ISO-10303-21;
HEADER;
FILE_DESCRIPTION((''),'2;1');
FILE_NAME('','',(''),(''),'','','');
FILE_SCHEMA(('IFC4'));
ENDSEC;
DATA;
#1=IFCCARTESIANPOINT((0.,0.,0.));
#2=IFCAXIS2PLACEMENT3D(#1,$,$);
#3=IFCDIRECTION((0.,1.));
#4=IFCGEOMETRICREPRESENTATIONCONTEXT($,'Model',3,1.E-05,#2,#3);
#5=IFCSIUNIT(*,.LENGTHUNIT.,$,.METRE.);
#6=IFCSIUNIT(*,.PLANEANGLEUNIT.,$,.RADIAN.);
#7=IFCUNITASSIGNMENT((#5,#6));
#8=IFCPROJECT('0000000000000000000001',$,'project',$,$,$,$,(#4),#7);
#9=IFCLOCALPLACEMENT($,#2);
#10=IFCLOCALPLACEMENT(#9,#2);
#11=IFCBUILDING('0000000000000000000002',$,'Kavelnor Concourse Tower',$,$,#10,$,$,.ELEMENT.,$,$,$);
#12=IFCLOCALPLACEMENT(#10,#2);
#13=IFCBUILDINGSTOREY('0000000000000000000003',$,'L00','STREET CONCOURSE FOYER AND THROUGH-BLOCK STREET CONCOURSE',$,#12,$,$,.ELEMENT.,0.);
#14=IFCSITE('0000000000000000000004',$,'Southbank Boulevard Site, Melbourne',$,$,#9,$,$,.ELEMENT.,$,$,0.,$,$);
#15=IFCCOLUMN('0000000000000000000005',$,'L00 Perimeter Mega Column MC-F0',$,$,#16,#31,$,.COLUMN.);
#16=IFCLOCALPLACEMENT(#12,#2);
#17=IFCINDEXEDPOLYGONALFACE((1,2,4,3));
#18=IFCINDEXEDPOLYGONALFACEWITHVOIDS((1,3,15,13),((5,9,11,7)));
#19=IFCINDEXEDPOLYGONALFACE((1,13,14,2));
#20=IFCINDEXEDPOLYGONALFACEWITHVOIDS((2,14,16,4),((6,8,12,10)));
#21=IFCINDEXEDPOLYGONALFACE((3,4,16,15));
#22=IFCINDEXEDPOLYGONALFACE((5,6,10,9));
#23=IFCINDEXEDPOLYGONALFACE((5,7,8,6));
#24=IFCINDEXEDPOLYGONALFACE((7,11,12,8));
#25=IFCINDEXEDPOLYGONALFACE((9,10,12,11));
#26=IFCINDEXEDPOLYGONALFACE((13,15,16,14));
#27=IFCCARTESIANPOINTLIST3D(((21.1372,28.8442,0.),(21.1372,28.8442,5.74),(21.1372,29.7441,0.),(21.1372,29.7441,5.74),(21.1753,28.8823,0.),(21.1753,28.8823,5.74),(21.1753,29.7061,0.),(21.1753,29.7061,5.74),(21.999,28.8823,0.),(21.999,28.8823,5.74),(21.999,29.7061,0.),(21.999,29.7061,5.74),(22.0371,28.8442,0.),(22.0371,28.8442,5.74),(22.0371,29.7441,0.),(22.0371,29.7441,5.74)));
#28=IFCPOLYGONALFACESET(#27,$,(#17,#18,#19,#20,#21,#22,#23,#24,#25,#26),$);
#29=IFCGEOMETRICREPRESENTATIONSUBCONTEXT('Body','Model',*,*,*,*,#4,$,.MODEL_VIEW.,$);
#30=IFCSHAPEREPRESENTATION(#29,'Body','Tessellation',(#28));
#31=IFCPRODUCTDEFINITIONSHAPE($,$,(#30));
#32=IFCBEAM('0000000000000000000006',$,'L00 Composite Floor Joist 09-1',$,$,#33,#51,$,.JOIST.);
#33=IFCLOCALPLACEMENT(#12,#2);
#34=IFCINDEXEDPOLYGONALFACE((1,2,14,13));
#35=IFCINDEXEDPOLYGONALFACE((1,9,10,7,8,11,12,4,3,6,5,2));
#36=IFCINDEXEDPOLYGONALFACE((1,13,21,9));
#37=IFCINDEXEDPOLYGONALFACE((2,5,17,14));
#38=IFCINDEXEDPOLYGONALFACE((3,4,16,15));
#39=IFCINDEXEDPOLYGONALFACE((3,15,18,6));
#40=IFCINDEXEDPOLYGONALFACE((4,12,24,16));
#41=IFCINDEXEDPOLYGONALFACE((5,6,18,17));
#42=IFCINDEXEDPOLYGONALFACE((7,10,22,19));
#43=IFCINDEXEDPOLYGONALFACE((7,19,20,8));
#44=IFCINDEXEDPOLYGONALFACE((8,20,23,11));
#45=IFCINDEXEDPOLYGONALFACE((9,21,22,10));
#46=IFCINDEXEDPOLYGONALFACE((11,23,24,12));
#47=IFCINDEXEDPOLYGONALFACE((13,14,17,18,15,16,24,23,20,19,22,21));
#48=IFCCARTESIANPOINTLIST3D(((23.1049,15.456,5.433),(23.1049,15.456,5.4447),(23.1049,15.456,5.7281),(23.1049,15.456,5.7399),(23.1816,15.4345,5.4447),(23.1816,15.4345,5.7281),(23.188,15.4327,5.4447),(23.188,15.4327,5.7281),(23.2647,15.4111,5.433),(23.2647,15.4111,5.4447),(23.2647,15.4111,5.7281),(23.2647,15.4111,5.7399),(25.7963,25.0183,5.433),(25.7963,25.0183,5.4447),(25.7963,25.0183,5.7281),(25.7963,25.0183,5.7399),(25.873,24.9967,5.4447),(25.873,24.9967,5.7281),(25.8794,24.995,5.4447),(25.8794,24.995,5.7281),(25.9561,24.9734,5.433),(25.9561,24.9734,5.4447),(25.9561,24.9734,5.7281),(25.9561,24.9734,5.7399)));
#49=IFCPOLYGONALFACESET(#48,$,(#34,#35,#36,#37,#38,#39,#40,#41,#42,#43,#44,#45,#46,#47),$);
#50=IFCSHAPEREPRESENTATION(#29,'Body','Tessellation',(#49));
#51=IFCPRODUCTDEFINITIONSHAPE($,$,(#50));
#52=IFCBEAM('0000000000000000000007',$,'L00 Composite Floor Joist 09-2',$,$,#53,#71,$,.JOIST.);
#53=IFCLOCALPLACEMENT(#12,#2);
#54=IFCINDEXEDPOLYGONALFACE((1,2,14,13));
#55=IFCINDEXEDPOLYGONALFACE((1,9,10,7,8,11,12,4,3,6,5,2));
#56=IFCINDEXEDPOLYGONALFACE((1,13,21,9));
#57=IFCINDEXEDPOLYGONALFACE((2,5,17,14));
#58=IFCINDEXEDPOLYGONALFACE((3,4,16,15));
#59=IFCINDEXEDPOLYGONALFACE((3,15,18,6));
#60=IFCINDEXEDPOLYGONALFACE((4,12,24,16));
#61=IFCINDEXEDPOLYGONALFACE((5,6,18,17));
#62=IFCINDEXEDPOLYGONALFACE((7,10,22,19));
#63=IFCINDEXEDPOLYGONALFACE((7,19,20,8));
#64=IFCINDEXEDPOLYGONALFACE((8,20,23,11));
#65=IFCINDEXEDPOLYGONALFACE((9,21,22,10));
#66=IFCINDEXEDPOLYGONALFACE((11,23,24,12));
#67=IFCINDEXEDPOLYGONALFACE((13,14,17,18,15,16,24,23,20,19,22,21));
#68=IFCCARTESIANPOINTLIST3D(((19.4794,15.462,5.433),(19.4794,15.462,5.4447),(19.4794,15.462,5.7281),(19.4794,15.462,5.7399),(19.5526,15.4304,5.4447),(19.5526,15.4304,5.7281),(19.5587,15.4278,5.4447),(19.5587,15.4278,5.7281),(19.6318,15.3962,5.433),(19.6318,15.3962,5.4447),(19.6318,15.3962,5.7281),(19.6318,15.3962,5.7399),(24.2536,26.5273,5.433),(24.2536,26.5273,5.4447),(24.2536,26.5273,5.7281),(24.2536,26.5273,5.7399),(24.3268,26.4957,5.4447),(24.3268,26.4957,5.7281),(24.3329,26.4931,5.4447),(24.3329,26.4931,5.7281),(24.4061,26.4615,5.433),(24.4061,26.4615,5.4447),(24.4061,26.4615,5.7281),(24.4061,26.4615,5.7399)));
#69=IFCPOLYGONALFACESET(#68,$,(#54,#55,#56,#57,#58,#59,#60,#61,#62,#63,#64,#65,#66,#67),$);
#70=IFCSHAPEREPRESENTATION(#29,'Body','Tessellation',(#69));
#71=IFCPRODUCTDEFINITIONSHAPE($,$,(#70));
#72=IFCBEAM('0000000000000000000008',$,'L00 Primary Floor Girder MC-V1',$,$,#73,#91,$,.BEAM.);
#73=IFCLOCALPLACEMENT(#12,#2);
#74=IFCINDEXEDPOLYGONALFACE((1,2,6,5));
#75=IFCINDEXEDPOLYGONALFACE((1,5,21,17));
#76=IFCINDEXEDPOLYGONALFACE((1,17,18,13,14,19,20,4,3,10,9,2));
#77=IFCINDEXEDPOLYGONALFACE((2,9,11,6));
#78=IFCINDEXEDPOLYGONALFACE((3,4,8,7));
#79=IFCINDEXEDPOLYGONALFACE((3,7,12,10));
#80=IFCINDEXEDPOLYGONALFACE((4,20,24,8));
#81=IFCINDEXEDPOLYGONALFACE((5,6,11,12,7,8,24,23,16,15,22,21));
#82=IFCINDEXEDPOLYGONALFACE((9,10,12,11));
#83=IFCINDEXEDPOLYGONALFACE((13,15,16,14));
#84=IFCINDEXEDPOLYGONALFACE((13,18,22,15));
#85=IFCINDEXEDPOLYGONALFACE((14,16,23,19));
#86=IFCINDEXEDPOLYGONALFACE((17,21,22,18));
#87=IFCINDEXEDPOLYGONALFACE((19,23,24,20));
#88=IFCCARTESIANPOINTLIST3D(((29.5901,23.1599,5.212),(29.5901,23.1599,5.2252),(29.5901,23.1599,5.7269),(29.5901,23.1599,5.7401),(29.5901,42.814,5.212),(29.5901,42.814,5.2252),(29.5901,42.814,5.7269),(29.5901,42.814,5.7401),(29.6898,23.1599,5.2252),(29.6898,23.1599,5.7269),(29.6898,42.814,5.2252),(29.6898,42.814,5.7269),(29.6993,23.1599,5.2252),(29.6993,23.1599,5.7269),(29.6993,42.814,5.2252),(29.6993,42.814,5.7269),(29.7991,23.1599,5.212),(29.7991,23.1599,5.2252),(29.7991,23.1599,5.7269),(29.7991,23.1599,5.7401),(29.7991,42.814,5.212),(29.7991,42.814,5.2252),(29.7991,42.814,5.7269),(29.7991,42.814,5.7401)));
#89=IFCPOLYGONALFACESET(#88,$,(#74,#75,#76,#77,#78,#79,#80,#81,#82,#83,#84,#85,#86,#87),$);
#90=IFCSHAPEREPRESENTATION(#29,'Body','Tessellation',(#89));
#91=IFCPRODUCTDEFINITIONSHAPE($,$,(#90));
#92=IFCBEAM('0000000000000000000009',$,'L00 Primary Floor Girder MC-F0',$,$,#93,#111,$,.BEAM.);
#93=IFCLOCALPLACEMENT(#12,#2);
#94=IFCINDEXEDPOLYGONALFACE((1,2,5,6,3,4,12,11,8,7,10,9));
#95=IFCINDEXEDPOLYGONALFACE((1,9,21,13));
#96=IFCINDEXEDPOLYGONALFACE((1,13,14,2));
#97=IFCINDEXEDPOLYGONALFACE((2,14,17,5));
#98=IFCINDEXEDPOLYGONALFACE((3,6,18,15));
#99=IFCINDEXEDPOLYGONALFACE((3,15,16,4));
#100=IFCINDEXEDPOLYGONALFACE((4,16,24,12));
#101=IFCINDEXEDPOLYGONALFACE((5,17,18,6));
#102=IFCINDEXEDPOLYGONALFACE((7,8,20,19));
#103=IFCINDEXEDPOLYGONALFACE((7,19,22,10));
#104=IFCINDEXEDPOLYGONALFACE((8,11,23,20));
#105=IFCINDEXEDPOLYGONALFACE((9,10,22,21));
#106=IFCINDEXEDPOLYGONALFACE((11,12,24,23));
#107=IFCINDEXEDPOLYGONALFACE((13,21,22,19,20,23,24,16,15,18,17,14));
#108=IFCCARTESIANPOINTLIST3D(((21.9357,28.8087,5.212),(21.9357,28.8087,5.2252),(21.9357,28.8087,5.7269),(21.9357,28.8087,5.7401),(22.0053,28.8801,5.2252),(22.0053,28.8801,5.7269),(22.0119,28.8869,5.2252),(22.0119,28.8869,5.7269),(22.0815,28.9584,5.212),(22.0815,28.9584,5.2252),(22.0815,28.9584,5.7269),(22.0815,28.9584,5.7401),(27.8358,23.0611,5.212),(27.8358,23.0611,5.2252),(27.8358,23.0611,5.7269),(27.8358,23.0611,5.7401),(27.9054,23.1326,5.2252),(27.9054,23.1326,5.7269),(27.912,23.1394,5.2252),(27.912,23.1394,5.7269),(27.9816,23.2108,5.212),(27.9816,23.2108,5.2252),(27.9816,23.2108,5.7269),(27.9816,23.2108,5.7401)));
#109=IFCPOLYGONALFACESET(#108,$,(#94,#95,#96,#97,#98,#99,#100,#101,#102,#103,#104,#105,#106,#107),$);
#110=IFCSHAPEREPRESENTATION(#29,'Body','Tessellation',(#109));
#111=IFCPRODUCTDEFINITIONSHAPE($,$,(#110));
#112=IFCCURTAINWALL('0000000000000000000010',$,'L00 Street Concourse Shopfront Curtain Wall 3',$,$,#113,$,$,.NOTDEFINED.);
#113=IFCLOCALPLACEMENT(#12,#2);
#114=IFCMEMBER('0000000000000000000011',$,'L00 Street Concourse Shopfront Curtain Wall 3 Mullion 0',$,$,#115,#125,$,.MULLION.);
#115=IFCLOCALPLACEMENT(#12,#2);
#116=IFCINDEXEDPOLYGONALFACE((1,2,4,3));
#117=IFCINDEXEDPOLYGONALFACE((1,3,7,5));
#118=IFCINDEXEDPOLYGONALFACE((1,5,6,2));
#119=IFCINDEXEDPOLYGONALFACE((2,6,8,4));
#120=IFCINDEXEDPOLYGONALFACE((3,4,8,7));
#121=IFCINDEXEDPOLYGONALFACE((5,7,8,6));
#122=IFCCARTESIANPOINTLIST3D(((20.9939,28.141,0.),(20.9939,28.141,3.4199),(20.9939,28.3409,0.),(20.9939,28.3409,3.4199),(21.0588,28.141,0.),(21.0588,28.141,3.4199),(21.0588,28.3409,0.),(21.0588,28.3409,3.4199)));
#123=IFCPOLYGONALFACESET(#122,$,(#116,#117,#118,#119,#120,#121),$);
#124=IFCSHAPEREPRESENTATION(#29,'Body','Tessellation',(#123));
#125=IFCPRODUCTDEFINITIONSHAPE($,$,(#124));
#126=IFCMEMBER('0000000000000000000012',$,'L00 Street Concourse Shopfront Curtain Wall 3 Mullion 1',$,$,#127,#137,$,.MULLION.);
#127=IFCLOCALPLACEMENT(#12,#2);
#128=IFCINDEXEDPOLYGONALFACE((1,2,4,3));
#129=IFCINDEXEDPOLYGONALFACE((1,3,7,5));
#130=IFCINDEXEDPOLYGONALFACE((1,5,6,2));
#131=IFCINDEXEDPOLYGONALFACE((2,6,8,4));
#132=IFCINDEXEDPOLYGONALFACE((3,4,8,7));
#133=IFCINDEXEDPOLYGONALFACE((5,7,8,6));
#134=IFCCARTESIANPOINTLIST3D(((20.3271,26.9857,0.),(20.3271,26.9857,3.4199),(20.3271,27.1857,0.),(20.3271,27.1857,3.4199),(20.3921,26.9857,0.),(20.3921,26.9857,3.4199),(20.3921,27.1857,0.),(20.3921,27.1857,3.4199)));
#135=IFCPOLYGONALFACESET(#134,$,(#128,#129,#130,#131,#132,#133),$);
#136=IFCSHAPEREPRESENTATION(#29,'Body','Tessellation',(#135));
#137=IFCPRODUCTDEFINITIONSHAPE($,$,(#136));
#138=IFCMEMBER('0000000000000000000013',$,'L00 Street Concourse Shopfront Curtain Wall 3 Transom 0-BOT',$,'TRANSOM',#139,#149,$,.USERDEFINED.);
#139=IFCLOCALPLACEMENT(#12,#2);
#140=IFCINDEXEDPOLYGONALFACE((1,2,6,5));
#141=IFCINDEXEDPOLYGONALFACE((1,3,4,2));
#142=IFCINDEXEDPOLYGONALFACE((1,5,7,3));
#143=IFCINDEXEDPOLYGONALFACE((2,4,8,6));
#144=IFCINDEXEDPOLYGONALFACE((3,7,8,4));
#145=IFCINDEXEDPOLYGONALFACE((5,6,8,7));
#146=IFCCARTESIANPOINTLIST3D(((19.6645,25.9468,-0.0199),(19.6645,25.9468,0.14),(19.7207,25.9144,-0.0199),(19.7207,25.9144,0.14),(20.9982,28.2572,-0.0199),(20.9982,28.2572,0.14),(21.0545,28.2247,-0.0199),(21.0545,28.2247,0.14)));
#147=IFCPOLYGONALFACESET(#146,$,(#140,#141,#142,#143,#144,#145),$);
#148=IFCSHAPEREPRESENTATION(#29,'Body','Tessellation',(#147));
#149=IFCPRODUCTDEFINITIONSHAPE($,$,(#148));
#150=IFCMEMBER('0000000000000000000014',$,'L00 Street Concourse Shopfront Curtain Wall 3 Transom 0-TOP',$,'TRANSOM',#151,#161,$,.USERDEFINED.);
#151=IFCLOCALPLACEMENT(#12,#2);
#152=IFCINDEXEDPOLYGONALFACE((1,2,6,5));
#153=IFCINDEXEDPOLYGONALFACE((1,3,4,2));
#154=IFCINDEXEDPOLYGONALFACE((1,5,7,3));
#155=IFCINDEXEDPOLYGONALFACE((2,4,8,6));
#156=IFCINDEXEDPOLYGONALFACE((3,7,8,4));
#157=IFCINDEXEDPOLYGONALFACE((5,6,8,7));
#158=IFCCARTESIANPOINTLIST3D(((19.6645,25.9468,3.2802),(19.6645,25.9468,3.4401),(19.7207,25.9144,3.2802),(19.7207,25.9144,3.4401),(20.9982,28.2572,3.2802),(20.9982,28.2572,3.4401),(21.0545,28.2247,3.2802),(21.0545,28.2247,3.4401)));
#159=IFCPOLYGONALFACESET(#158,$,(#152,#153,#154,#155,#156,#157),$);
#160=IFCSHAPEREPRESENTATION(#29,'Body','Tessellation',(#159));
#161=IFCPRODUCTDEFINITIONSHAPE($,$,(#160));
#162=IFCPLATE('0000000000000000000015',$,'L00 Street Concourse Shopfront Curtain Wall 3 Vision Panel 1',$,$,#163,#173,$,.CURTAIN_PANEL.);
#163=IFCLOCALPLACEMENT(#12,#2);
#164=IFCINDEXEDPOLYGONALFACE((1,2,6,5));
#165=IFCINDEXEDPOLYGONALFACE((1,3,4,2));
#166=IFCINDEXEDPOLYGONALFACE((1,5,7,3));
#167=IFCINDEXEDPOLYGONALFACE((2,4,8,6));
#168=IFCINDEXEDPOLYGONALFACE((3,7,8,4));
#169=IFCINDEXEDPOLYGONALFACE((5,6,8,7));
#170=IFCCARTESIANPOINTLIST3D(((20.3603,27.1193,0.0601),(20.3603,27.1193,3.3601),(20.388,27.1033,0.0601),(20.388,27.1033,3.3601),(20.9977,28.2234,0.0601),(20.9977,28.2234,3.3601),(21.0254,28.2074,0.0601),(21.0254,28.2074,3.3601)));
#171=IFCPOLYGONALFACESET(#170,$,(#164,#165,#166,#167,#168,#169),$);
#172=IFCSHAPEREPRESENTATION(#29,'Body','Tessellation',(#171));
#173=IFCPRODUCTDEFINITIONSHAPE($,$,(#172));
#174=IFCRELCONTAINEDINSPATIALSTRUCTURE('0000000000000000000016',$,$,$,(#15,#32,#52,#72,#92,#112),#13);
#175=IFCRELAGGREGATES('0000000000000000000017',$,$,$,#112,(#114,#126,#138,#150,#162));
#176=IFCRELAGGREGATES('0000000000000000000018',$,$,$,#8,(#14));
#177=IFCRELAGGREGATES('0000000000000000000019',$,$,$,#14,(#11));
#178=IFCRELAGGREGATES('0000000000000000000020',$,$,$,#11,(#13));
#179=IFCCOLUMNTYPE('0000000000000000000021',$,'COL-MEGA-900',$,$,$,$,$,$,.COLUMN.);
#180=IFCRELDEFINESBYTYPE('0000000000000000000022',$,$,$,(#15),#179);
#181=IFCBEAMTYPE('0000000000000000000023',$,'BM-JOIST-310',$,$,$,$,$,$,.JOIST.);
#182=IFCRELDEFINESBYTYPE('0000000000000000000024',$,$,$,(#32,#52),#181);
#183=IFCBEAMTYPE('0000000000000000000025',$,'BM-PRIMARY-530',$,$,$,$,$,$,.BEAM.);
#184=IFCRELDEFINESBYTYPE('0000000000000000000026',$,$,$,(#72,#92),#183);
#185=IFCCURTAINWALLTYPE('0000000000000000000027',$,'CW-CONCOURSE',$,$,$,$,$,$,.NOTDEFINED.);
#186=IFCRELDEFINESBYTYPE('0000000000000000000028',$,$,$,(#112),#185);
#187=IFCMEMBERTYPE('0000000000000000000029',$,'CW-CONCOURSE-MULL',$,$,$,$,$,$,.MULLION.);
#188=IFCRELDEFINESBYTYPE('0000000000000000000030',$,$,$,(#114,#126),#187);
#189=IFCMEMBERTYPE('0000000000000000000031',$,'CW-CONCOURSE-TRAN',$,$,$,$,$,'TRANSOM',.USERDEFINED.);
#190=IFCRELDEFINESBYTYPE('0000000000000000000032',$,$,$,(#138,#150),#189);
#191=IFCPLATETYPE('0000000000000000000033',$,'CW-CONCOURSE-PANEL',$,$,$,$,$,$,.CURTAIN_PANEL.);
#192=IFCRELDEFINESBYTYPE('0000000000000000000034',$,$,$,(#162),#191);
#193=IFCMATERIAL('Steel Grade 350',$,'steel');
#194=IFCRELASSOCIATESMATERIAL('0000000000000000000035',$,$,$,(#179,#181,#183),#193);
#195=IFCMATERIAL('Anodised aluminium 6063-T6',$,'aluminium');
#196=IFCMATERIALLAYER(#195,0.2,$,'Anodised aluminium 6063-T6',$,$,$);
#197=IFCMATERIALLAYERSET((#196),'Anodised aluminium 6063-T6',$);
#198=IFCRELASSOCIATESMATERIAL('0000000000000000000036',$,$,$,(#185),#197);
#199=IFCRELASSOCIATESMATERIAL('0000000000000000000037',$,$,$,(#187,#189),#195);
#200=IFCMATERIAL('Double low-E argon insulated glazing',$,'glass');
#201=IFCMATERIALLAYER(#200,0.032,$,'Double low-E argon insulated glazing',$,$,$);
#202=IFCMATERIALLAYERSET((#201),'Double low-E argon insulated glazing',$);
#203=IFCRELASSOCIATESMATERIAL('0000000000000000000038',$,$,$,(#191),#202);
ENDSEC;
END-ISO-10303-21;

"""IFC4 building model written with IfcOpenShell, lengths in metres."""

from ifc_helpers import new_model, si_unit, direction, frame, origin, origin_2d, place, context, subcontext, project, spatial, rectangle, hollow_rectangle, i_section, extrude, material, layer, layer_set, material_profile, profile_set, type_object, element, aggregate, save


model = new_model("IFC4")

# Units and contexts
model_context = context("Model", 3, precision=1e-05, world=origin(), true_north=direction((0.0, 1.0)))
body_context = subcontext(model_context, "Body", "Model", "MODEL_VIEW")
ifc_project = project(units=[si_unit("LENGTHUNIT", "METRE"), si_unit("PLANEANGLEUNIT", "RADIAN")], contexts=[model_context])

# Site, building, storey
site_placement = place(None, origin())
site = spatial("IfcSite", under=ifc_project, at=site_placement, Name="Southbank Boulevard Site, Melbourne", CompositionType="ELEMENT", RefElevation=0.0)
building_placement = place(site_placement, origin())
building = spatial("IfcBuilding", under=site, at=building_placement, Name="Kavelnor Concourse Tower", CompositionType="ELEMENT")
storey_placement = place(building_placement, origin())
storey = spatial("IfcBuildingStorey", under=building, at=storey_placement, Name="L00", Description="STREET CONCOURSE FOYER AND THROUGH-BLOCK STREET CONCOURSE", CompositionType="ELEMENT", Elevation=0.0)

# Column
ifc_material_1 = material(Name="Steel Grade 350", Category="steel")
ifc_material_profile_1 = material_profile(ifc_material_1, hollow_rectangle(XDim=0.8999, YDim=0.8999, WallThickness=0.0381, at=origin_2d()), Name="SHS 900x900x38")
ifc_profile_set_1 = profile_set([ifc_material_profile_1], Name="Steel Grade 350")
column_type = type_object("IfcColumnType", Name="COL-MEGA-900", PredefinedType="COLUMN", material=ifc_profile_set_1)
column_placement = place(storey_placement, frame((21.5872, 29.2942, 0.0), z_axis=(0.0, 0.0, 1.0), x_axis=(1.0, 0.0, 0.0)))
element("IfcColumn", 1, at=column_placement, inside=storey, type_object=column_type, Name="L00 Perimeter Mega Column MC-F0", PredefinedType="COLUMN", context=body_context, shape_type="SweptSolid", body=[
    extrude(hollow_rectangle(XDim=0.8999, YDim=0.8999, WallThickness=0.0381, at=origin_2d()), origin(), (0.0, 0.0, 1.0), 5.74),
])

# Beams
ifc_material_profile_2 = material_profile(ifc_material_1, i_section(OverallWidth=0.166, OverallDepth=0.3069, WebThickness=0.0066, FlangeThickness=0.0117, at=origin_2d()), Name="310UB46")
ifc_profile_set_2 = profile_set([ifc_material_profile_2], Name="Steel Grade 350")
beam_type_1 = type_object("IfcBeamType", Name="BM-JOIST-310", PredefinedType="JOIST", material=ifc_profile_set_2)
beam_1_placement = place(storey_placement, frame((25.8762, 24.9958, 5.5864), z_axis=(-0.270934, -0.962598, 0.0), x_axis=(0.962598, -0.270934, 0.0)))
element("IfcBeam", 2, at=beam_1_placement, inside=storey, type_object=beam_type_1, Name="L00 Composite Floor Joist 09-1", PredefinedType="JOIST", context=body_context, shape_type="SweptSolid", body=[
    extrude(i_section(OverallWidth=0.166, OverallDepth=0.3069, WebThickness=0.0066, FlangeThickness=0.0117, at=origin_2d()), origin(), (0.0, 0.0, 1.0), 9.9338),
])
beam_2_placement = place(storey_placement, frame((24.3298, 26.4944, 5.5864), z_axis=(-0.396158, -0.918182, 0.0), x_axis=(0.918182, -0.396158, 0.0)))
element("IfcBeam", 3, at=beam_2_placement, inside=storey, type_object=beam_type_1, Name="L00 Composite Floor Joist 09-2", PredefinedType="JOIST", context=body_context, shape_type="SweptSolid", body=[
    extrude(i_section(OverallWidth=0.166, OverallDepth=0.3069, WebThickness=0.0066, FlangeThickness=0.0117, at=origin_2d()), origin(), (0.0, 0.0, 1.0), 12.0513),
])
ifc_material_profile_3 = material_profile(ifc_material_1, i_section(OverallWidth=0.209, OverallDepth=0.5281, WebThickness=0.0095, FlangeThickness=0.0132, at=origin_2d()), Name="530UB82")
ifc_profile_set_3 = profile_set([ifc_material_profile_3], Name="Steel Grade 350")
beam_type_2 = type_object("IfcBeamType", Name="BM-PRIMARY-530", PredefinedType="BEAM", material=ifc_profile_set_3)
beam_3_placement = place(storey_placement, frame((29.6946, 23.1599, 5.4761), z_axis=(0.0, 1.0, 0.0), x_axis=(-1.0, 0.0, 0.0)))
element("IfcBeam", 4, at=beam_3_placement, inside=storey, type_object=beam_type_2, Name="L00 Primary Floor Girder MC-V1", PredefinedType="BEAM", context=body_context, shape_type="SweptSolid", body=[
    extrude(i_section(OverallWidth=0.209, OverallDepth=0.5281, WebThickness=0.0095, FlangeThickness=0.0132, at=origin_2d()), origin(), (0.0, 0.0, 1.0), 19.6541),
])
beam_4_placement = place(storey_placement, frame((27.9087, 23.136, 5.4761), z_axis=(-0.716309, 0.697784, 0.0), x_axis=(-0.697784, -0.716309, 0.0)))
element("IfcBeam", 5, at=beam_4_placement, inside=storey, type_object=beam_type_2, Name="L00 Primary Floor Girder MC-F0", PredefinedType="BEAM", context=body_context, shape_type="SweptSolid", body=[
    extrude(i_section(OverallWidth=0.209, OverallDepth=0.5281, WebThickness=0.0095, FlangeThickness=0.0132, at=origin_2d()), origin(), (0.0, 0.0, 1.0), 8.2368),
])

# Curtain wall, members, plate
ifc_material_2 = material(Name="Anodised aluminium 6063-T6", Category="aluminium")
ifc_layer_1 = layer(ifc_material_2, 0.2, Name="Anodised aluminium 6063-T6")
ifc_layer_set_1 = layer_set([ifc_layer_1], Name="Anodised aluminium 6063-T6")
curtain_wall_type = type_object("IfcCurtainWallType", Name="CW-CONCOURSE", PredefinedType="NOTDEFINED", material=ifc_layer_set_1)
curtain_wall_placement = place(storey_placement, origin())
curtain_wall = element("IfcCurtainWall", 6, at=curtain_wall_placement, inside=storey, type_object=curtain_wall_type, Name="L00 Street Concourse Shopfront Curtain Wall 3", PredefinedType="NOTDEFINED")
ifc_material_profile_4 = material_profile(ifc_material_2, rectangle(XDim=0.0649, YDim=0.2, at=origin_2d()), Name="AL-MULL 65x200")
ifc_profile_set_4 = profile_set([ifc_material_profile_4], Name="Anodised aluminium 6063-T6")
member_type_1 = type_object("IfcMemberType", Name="CW-CONCOURSE-MULL", PredefinedType="MULLION", material=ifc_profile_set_4)
member_1_placement = place(storey_placement, frame((21.0264, 28.241, 0.0), z_axis=(0.0, 0.0, 1.0), x_axis=(1.0, 0.0, 0.0)))
member_1 = element("IfcMember", 7, at=member_1_placement, type_object=member_type_1, Name="L00 Street Concourse Shopfront Curtain Wall 3 Mullion 0", PredefinedType="MULLION", context=body_context, shape_type="SweptSolid", body=[
    extrude(rectangle(XDim=0.0649, YDim=0.2, at=origin_2d()), origin(), (0.0, 0.0, 1.0), 3.4199),
])
member_2_placement = place(storey_placement, frame((20.3596, 27.0857, 0.0), z_axis=(0.0, 0.0, 1.0), x_axis=(1.0, 0.0, 0.0)))
member_2 = element("IfcMember", 8, at=member_2_placement, type_object=member_type_1, Name="L00 Street Concourse Shopfront Curtain Wall 3 Mullion 1", PredefinedType="MULLION", context=body_context, shape_type="SweptSolid", body=[
    extrude(rectangle(XDim=0.0649, YDim=0.2, at=origin_2d()), origin(), (0.0, 0.0, 1.0), 3.4199),
])
ifc_material_profile_5 = material_profile(ifc_material_2, rectangle(XDim=0.0649, YDim=0.1599, at=origin_2d()), Name="AL-TRAN 65x160")
ifc_profile_set_5 = profile_set([ifc_material_profile_5], Name="Anodised aluminium 6063-T6")
member_type_2 = type_object("IfcMemberType", Name="CW-CONCOURSE-TRAN", ElementType="TRANSOM", PredefinedType="USERDEFINED", material=ifc_profile_set_5)
member_3_placement = place(storey_placement, frame((21.0264, 28.241, 0.0601), z_axis=(-0.499968, -0.866044, 0.0), x_axis=(0.866044, -0.499968, 0.0)))
member_3 = element("IfcMember", 9, at=member_3_placement, type_object=member_type_2, Name="L00 Street Concourse Shopfront Curtain Wall 3 Transom 0-BOT", ObjectType="TRANSOM", PredefinedType="USERDEFINED", context=body_context, shape_type="SweptSolid", body=[
    extrude(rectangle(XDim=0.0649, YDim=0.1599, at=origin_2d()), origin(), (0.0, 0.0, 1.0), 2.6677),
])
member_4_placement = place(storey_placement, frame((21.0264, 28.241, 3.3601), z_axis=(-0.499968, -0.866044, 0.0), x_axis=(0.866044, -0.499968, 0.0)))
member_4 = element("IfcMember", 10, at=member_4_placement, type_object=member_type_2, Name="L00 Street Concourse Shopfront Curtain Wall 3 Transom 0-TOP", ObjectType="TRANSOM", PredefinedType="USERDEFINED", context=body_context, shape_type="SweptSolid", body=[
    extrude(rectangle(XDim=0.0649, YDim=0.1599, at=origin_2d()), origin(), (0.0, 0.0, 1.0), 2.6677),
])
ifc_material_3 = material(Name="Double low-E argon insulated glazing", Category="glass")
ifc_layer_2 = layer(ifc_material_3, 0.032, Name="Double low-E argon insulated glazing")
ifc_layer_set_2 = layer_set([ifc_layer_2], Name="Double low-E argon insulated glazing")
plate_type_1 = type_object("IfcPlateType", Name="CW-CONCOURSE-PANEL", PredefinedType="CURTAIN_PANEL", material=ifc_layer_set_2)
plate_1_placement = place(storey_placement, frame((20.6929, 27.6633, 0.0601), z_axis=(0.0, 0.0, 1.0), x_axis=(-0.5, -0.866025, 0.0)))
plate_1 = element("IfcPlate", 11, at=plate_1_placement, type_object=plate_type_1, Name="L00 Street Concourse Shopfront Curtain Wall 3 Vision Panel 1", PredefinedType="CURTAIN_PANEL", context=body_context, shape_type="SweptSolid", body=[
    extrude(rectangle(XDim=1.2749, YDim=0.032, at=origin_2d()), origin(), (0.0, 0.0, 1.0), 3.3),
])
aggregate(curtain_wall, [member_1, member_2, member_3, member_4, plate_1])

save(model, "model.ifc")
